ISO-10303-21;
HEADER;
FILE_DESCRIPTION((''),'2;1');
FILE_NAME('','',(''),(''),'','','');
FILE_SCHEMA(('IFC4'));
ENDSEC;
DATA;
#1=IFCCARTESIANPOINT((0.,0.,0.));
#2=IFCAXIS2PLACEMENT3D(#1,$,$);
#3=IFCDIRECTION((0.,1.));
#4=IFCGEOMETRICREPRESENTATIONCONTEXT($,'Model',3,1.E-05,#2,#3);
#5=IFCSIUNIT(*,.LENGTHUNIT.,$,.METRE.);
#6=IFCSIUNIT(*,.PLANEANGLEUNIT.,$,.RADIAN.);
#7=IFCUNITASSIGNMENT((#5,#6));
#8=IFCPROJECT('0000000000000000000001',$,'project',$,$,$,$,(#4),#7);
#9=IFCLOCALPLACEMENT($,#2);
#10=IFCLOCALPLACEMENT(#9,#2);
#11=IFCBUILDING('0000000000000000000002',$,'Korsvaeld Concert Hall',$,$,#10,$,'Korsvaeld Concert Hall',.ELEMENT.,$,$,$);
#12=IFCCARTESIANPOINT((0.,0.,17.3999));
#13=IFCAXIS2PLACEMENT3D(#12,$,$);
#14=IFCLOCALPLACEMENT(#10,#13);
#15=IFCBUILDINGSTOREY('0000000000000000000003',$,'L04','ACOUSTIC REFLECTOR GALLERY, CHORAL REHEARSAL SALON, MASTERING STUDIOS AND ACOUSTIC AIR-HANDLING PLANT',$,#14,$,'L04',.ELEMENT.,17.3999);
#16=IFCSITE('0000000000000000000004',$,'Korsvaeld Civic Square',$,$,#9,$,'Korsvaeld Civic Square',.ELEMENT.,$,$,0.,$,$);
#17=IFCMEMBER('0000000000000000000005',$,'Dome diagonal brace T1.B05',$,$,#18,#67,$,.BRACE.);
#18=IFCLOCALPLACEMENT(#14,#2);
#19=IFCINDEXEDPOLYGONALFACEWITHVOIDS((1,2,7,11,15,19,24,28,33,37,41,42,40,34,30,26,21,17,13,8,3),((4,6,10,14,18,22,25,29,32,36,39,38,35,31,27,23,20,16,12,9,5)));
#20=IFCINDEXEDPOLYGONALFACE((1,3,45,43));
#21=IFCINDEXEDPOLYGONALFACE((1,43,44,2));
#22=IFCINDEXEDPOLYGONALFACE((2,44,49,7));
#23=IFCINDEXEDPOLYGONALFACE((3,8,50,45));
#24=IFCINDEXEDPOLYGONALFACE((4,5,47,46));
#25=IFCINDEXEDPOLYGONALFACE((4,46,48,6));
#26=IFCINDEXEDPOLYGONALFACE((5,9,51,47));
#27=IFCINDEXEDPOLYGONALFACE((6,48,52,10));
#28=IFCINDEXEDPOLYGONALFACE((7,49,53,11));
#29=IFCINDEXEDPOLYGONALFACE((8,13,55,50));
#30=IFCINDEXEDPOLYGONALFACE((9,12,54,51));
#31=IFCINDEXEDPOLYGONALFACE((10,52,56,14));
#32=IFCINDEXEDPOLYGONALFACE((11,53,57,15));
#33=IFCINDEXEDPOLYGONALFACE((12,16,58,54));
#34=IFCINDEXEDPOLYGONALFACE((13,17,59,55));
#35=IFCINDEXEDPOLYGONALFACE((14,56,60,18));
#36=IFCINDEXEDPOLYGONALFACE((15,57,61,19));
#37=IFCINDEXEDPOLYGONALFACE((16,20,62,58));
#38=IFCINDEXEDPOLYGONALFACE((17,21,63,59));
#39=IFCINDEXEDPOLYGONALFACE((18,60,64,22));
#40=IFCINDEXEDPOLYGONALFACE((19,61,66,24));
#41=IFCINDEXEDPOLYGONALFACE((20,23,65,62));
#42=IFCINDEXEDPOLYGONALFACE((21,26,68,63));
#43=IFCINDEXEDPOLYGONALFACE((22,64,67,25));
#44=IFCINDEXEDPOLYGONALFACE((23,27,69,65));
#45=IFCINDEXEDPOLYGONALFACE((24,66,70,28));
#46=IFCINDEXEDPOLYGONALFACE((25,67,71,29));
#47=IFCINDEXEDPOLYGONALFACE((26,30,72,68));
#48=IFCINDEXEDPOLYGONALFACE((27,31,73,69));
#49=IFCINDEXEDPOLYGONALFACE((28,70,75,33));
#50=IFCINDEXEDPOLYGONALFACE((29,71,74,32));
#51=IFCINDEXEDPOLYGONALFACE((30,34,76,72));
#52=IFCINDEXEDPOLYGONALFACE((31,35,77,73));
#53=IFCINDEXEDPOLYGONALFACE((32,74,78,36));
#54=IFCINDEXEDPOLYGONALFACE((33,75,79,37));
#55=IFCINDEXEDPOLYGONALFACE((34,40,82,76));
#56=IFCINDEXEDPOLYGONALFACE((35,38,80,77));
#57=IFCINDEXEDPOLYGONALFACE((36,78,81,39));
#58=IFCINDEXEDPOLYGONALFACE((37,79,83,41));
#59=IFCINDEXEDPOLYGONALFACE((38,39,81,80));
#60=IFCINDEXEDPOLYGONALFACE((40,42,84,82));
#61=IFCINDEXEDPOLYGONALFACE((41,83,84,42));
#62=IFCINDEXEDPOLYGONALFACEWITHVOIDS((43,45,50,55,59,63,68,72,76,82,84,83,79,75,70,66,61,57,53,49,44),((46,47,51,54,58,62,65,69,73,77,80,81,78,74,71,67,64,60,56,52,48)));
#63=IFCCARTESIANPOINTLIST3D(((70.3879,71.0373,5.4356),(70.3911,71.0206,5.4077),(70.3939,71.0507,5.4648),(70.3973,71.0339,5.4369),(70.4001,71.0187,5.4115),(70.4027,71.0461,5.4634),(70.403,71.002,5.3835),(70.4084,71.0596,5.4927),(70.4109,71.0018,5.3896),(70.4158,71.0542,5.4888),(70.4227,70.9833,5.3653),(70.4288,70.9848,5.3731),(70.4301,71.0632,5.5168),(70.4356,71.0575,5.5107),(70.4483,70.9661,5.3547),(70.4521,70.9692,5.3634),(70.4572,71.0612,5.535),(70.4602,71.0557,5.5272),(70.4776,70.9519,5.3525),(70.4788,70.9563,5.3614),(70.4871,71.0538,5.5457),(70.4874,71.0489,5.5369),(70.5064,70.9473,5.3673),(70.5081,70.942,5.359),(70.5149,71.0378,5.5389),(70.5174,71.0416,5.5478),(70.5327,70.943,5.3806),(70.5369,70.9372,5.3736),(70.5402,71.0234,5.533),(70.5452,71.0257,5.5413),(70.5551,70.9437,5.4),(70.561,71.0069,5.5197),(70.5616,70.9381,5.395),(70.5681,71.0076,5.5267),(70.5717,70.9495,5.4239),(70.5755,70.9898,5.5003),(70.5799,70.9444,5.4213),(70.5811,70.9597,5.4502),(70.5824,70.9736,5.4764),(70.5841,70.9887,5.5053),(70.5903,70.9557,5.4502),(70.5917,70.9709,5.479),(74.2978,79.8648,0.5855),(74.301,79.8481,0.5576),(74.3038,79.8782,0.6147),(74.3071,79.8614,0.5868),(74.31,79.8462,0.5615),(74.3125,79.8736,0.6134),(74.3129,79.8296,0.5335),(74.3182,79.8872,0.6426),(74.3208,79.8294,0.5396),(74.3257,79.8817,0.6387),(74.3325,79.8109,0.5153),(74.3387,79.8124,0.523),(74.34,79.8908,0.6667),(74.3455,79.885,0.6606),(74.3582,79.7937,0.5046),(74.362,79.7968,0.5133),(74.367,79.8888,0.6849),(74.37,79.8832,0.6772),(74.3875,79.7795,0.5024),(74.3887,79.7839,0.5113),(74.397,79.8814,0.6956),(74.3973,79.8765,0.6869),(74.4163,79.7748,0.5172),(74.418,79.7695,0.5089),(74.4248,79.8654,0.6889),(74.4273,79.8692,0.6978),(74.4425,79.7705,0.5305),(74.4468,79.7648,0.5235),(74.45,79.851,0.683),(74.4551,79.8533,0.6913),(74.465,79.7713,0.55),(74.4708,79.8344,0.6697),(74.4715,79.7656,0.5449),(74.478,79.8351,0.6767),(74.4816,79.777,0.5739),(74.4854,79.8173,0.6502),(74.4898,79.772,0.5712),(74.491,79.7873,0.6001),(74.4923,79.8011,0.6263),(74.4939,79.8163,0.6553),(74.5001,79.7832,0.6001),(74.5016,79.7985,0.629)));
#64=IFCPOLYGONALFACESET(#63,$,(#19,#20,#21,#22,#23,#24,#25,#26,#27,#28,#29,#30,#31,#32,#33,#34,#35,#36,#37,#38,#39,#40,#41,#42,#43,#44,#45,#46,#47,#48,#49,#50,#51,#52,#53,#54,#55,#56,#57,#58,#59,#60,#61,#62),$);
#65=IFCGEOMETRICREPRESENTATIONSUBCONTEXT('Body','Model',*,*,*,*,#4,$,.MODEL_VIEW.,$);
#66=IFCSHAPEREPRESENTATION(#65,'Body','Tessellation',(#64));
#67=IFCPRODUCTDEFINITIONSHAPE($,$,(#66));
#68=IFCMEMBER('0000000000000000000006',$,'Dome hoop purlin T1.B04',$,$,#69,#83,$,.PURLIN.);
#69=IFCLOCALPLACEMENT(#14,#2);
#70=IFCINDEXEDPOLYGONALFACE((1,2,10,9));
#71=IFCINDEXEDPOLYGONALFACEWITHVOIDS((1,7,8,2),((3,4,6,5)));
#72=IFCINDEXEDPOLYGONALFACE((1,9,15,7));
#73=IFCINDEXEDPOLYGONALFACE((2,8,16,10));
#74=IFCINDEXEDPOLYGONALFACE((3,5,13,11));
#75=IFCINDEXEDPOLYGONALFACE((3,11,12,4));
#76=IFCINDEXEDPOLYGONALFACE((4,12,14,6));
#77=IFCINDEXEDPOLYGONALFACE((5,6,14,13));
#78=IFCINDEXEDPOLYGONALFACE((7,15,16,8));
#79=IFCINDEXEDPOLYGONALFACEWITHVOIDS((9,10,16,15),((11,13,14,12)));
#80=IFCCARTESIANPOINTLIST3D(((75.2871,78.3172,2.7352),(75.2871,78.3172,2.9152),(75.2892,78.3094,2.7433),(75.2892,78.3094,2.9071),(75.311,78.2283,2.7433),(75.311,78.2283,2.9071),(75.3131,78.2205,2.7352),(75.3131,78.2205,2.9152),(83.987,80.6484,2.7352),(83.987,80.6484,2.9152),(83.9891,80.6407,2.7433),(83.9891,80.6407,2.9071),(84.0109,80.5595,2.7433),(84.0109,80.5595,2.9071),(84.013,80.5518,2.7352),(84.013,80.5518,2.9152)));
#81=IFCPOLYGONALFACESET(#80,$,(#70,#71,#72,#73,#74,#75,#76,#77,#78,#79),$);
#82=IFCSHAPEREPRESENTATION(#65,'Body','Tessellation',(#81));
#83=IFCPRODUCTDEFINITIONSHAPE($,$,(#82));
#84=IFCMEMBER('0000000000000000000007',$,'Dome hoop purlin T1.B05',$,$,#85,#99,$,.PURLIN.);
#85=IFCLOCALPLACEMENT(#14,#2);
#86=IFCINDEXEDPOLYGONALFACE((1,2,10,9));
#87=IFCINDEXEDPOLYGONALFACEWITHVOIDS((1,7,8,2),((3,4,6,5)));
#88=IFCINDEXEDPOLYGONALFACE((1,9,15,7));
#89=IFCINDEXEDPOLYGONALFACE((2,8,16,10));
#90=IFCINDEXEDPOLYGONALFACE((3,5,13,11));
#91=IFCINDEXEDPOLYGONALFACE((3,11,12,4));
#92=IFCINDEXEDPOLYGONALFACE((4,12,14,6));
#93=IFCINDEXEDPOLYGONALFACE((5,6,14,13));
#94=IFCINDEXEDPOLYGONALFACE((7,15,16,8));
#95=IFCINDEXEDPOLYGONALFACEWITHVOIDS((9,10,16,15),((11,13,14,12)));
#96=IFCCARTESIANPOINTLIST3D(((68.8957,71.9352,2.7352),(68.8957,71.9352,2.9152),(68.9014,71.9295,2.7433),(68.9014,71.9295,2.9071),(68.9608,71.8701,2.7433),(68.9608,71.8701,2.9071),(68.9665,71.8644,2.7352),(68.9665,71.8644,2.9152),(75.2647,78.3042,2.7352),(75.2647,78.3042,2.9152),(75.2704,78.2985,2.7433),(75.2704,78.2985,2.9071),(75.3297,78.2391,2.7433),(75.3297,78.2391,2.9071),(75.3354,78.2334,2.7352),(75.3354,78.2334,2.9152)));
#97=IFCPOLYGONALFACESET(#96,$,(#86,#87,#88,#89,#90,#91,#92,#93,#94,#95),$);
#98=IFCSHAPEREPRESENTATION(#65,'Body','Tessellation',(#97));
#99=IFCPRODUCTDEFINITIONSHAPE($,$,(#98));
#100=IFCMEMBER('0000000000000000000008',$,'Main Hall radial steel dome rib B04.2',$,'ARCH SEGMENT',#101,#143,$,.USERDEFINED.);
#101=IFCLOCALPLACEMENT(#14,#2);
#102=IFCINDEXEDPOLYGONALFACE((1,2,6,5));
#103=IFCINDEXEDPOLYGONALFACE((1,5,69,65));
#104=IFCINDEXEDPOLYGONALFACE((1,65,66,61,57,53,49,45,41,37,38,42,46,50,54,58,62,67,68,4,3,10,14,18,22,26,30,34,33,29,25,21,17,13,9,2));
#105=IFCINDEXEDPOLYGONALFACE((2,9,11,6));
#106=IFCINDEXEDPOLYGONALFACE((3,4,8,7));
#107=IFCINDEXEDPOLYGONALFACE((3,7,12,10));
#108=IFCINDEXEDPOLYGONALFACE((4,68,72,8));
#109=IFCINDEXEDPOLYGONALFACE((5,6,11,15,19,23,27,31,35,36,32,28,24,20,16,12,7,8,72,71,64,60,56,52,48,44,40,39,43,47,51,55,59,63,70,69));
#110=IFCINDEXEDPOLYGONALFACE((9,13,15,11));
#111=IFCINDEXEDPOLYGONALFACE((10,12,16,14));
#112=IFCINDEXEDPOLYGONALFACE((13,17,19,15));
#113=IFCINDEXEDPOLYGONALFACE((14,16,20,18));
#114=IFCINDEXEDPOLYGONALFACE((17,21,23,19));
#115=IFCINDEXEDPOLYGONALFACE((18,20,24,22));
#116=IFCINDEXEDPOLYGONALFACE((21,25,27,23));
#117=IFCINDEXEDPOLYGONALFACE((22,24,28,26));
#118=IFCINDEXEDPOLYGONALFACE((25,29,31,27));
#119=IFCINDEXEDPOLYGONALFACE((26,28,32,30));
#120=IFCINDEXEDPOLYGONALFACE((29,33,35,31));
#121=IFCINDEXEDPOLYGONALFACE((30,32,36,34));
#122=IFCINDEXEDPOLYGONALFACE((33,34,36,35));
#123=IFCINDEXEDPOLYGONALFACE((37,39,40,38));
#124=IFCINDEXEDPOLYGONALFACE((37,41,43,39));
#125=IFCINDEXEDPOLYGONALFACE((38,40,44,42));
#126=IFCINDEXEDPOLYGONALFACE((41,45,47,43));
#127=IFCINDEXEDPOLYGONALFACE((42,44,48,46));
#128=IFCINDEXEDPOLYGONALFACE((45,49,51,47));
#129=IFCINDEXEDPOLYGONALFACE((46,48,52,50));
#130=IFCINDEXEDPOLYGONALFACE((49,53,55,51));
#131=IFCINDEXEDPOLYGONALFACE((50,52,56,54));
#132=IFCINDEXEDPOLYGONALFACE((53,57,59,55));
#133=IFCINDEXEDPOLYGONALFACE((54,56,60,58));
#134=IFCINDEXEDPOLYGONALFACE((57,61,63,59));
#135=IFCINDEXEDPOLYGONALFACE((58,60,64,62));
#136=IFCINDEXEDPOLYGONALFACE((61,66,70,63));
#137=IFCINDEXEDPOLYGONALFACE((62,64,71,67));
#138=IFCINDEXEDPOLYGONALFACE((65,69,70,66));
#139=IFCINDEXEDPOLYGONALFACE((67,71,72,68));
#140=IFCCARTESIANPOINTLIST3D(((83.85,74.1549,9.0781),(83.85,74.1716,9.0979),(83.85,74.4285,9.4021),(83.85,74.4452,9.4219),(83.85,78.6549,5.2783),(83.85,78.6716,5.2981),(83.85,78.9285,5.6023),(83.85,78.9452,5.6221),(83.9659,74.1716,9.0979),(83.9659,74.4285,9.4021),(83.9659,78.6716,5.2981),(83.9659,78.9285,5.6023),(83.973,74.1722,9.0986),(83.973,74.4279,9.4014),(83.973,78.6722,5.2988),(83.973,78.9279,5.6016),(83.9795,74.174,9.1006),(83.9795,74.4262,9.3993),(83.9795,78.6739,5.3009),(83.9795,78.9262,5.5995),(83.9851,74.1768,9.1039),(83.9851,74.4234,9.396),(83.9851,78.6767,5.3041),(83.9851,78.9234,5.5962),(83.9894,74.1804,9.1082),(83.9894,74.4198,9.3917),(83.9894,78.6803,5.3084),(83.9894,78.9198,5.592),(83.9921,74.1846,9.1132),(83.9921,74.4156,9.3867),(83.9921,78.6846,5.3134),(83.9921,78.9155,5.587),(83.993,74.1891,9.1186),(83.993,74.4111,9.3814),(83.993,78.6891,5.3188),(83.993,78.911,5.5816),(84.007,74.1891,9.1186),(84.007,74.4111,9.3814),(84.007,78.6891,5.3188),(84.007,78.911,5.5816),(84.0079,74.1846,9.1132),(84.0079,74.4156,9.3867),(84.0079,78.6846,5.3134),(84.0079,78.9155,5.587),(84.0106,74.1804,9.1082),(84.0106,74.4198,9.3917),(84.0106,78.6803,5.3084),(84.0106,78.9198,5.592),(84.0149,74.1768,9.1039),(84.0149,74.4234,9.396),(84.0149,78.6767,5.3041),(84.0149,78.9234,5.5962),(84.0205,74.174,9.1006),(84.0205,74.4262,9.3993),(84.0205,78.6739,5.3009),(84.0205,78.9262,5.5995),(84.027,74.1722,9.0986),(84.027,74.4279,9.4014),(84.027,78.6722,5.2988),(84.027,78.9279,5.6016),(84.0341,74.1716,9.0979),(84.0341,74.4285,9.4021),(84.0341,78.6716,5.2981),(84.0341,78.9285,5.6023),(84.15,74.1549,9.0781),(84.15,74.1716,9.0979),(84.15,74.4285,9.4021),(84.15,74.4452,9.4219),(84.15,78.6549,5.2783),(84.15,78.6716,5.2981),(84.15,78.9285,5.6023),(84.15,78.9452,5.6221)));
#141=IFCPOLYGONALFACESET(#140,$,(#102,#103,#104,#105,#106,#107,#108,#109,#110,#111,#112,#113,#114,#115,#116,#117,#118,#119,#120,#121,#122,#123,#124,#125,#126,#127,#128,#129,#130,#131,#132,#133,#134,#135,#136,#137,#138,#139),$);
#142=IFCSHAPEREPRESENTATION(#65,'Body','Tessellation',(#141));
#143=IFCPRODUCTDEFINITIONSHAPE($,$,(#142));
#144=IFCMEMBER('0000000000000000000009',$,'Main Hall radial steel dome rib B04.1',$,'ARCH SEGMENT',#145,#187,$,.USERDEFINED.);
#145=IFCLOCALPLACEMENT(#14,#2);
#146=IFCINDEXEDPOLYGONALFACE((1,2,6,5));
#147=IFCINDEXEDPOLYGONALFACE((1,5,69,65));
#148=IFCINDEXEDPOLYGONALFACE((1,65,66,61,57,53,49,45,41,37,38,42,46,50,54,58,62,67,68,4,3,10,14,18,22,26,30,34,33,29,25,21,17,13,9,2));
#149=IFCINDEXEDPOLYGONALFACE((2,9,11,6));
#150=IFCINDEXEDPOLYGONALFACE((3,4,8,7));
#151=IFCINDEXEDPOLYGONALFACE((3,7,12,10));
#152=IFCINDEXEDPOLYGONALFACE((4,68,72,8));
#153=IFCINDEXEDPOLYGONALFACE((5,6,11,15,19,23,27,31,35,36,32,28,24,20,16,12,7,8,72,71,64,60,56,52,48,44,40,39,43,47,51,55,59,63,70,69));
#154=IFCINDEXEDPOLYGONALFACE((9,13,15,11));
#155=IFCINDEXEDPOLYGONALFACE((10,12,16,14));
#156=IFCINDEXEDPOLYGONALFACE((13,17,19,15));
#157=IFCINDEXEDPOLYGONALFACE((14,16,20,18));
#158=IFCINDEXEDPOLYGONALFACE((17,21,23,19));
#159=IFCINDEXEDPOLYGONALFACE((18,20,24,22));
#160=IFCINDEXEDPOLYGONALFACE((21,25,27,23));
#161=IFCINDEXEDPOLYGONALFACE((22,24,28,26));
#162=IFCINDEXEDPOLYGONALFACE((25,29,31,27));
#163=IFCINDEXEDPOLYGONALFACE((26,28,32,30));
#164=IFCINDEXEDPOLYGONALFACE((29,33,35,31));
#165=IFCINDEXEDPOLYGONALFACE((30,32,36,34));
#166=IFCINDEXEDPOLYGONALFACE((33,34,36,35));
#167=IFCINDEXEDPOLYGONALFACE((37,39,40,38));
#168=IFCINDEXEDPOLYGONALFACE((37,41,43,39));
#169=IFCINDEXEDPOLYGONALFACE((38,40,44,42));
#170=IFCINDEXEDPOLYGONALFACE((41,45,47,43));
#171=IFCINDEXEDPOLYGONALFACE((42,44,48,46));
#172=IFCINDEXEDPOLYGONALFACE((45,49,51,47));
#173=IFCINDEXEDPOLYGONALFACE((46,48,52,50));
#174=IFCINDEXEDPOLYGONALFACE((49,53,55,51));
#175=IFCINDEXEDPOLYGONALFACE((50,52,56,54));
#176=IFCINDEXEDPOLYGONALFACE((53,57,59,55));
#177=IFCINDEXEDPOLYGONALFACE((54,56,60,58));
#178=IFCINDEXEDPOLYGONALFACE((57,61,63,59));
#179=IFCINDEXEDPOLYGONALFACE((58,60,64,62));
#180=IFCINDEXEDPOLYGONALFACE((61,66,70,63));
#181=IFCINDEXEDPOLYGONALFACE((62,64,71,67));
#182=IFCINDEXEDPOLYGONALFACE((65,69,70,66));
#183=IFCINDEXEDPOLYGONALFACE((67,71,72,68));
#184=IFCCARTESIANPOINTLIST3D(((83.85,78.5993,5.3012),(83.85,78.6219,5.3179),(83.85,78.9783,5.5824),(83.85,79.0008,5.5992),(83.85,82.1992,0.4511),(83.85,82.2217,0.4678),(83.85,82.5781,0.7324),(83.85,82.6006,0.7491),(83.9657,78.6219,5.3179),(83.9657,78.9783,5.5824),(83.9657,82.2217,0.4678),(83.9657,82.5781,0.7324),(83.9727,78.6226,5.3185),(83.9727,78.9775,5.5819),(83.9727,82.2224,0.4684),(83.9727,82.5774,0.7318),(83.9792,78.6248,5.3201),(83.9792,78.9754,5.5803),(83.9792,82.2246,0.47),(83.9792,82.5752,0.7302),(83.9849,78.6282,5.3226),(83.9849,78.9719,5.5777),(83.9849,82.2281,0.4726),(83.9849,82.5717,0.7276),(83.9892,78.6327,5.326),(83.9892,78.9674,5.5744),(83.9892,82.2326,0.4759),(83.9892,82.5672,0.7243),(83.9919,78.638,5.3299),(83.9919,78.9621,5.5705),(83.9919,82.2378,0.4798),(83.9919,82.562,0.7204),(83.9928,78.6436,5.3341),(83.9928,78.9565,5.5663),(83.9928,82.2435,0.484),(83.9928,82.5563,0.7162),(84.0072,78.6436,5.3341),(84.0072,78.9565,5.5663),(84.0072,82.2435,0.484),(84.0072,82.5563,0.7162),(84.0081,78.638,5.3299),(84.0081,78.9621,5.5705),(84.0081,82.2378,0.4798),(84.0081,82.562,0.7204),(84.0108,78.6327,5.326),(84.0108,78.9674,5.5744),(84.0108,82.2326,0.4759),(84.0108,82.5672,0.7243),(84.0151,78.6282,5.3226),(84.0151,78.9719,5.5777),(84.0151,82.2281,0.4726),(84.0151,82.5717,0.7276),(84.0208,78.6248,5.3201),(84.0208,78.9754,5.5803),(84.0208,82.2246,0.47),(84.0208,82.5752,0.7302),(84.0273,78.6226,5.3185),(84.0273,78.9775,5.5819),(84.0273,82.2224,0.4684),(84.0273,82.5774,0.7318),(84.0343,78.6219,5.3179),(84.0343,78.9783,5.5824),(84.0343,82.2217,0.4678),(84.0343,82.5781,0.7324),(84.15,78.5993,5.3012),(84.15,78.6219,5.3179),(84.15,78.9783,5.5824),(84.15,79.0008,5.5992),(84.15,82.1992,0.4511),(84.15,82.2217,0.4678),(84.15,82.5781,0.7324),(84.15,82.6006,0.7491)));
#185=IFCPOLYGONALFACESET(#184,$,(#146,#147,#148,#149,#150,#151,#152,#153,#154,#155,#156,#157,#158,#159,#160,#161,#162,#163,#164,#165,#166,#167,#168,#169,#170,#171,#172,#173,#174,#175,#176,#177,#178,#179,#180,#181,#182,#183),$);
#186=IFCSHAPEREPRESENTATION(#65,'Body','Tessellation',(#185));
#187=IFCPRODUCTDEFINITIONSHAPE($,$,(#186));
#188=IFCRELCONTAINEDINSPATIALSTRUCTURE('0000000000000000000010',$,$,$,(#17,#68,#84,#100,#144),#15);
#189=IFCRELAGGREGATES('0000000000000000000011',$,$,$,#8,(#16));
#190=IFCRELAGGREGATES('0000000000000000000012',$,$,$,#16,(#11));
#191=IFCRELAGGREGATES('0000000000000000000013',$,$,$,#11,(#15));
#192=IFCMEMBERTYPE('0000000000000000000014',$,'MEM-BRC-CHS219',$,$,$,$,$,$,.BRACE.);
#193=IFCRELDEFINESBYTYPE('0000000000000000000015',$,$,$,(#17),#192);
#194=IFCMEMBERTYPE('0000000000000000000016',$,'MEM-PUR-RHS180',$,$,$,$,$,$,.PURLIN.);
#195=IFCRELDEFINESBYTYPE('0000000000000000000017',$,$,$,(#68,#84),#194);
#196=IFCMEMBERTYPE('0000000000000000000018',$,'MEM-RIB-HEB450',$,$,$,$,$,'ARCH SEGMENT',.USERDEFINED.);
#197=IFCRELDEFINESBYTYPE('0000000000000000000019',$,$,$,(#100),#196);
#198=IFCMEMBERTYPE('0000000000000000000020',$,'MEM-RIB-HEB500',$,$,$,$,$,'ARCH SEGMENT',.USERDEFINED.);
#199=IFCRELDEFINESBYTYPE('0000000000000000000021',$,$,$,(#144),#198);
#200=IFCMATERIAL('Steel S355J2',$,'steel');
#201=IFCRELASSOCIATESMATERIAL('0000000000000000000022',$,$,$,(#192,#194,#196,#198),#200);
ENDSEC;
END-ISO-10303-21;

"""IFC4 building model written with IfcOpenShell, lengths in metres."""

from ifc_helpers import new_model, si_unit, direction, frame, origin, origin_2d, place, context, subcontext, project, spatial, hollow_rectangle, hollow_circle, i_section, extrude, material, material_profile, profile_set, type_object, element, save


model = new_model("IFC4")

# Units and contexts
model_context = context("Model", 3, precision=1e-05, world=origin(), true_north=direction((0.0, 1.0)))
body_context = subcontext(model_context, "Body", "Model", "MODEL_VIEW")
ifc_project = project(units=[si_unit("LENGTHUNIT", "METRE"), si_unit("PLANEANGLEUNIT", "RADIAN")], contexts=[model_context])

# Site, building, storey
site_placement = place(None, origin())
site = spatial("IfcSite", under=ifc_project, at=site_placement, Name="Korsvaeld Civic Square", LongName="Korsvaeld Civic Square", CompositionType="ELEMENT", RefElevation=0.0)
building_placement = place(site_placement, origin())
building = spatial("IfcBuilding", under=site, at=building_placement, Name="Korsvaeld Concert Hall", LongName="Korsvaeld Concert Hall", CompositionType="ELEMENT")
storey_placement = place(building_placement, frame((0.0, 0.0, 17.3999)))
storey = spatial("IfcBuildingStorey", under=building, at=storey_placement, Name="L04", Description="ACOUSTIC REFLECTOR GALLERY, CHORAL REHEARSAL SALON, MASTERING STUDIOS AND ACOUSTIC AIR-HANDLING PLANT", LongName="L04", CompositionType="ELEMENT", Elevation=17.3999)

# Shared definitions
ifc_material_1 = material(Name="Steel S355J2", Category="steel")

# Members
ifc_material_profile_1 = material_profile(ifc_material_1, hollow_circle(Radius=0.1096, WallThickness=0.01, at=origin_2d()), Name="CHS 219.1x10")
ifc_profile_set_1 = profile_set([ifc_material_profile_1], Name="Steel S355J2")
member_type_1 = type_object("IfcMemberType", Name="MEM-BRC-CHS219", PredefinedType="BRACE", material=ifc_profile_set_1)
member_1_placement = place(storey_placement, frame((74.3999, 79.8276, 0.6001), z_axis=(-0.361877, -0.817031, 0.448895), x_axis=(0.914329, -0.404972, 0.0)))
element("IfcMember", 1, at=member_1_placement, inside=storey, type_object=member_type_1, Name="Dome diagonal brace T1.B05", PredefinedType="BRACE", context=body_context, shape_type="SweptSolid", body=[
    extrude(hollow_circle(Radius=0.1096, WallThickness=0.01, at=origin_2d()), origin(), (0.0, 0.0, 1.0), 10.8044),
])
ifc_material_profile_2 = material_profile(ifc_material_1, hollow_rectangle(XDim=0.1001, YDim=0.1799, WallThickness=0.0081, at=origin_2d()), Name="RHS 180x100x8")
ifc_profile_set_2 = profile_set([ifc_material_profile_2], Name="Steel S355J2")
member_type_2 = type_object("IfcMemberType", Name="MEM-PUR-RHS180", PredefinedType="PURLIN", material=ifc_profile_set_2)
member_2_placement = place(storey_placement, frame((84.0, 80.6001, 2.8252), z_axis=(-0.965922, -0.258835, 0.0), x_axis=(0.258835, -0.965922, 0.0)))
element("IfcMember", 2, at=member_2_placement, inside=storey, type_object=member_type_2, Name="Dome hoop purlin T1.B04", PredefinedType="PURLIN", context=body_context, shape_type="SweptSolid", body=[
    extrude(hollow_rectangle(XDim=0.1001, YDim=0.1799, WallThickness=0.0081, at=origin_2d()), origin(), (0.0, 0.0, 1.0), 9.0068),
])
member_3_placement = place(storey_placement, frame((75.3, 78.2688, 2.8252), z_axis=(-0.707107, -0.707107, 0.0), x_axis=(0.707107, -0.707107, 0.0)))
element("IfcMember", 3, at=member_3_placement, inside=storey, type_object=member_type_2, Name="Dome hoop purlin T1.B05", PredefinedType="PURLIN", context=body_context, shape_type="SweptSolid", body=[
    extrude(hollow_rectangle(XDim=0.1001, YDim=0.1799, WallThickness=0.0081, at=origin_2d()), origin(), (0.0, 0.0, 1.0), 9.0071),
])
ifc_material_profile_3 = material_profile(ifc_material_1, i_section(OverallWidth=0.3, OverallDepth=0.45, WebThickness=0.0139, FlangeThickness=0.0259, FilletRadius=0.0271, at=origin_2d()), Name="HEB 450")
ifc_profile_set_3 = profile_set([ifc_material_profile_3], Name="Steel S355J2")
member_type_3 = type_object("IfcMemberType", Name="MEM-RIB-HEB450", ElementType="ARCH SEGMENT", PredefinedType="USERDEFINED", material=ifc_profile_set_3)
member_4_placement = place(storey_placement, frame((84.0, 78.8, 5.4502), z_axis=(0.0, -0.764046, 0.645161), x_axis=(1.0, 0.0, 0.0)))
element("IfcMember", 4, at=member_4_placement, inside=storey, type_object=member_type_3, Name="Main Hall radial steel dome rib B04.2", ObjectType="ARCH SEGMENT", PredefinedType="USERDEFINED", context=body_context, shape_type="SweptSolid", body=[
    extrude(i_section(OverallWidth=0.3, OverallDepth=0.45, WebThickness=0.0139, FlangeThickness=0.0259, FilletRadius=0.0271, at=origin_2d()), origin(), (0.0, 0.0, 1.0), 5.8896),
])
ifc_material_profile_4 = material_profile(ifc_material_1, i_section(OverallWidth=0.3, OverallDepth=0.5, WebThickness=0.0144, FlangeThickness=0.0281, FilletRadius=0.0271, at=origin_2d()), Name="HEB 500")
ifc_profile_set_4 = profile_set([ifc_material_profile_4], Name="Steel S355J2")
member_type_4 = type_object("IfcMemberType", Name="MEM-RIB-HEB500", ElementType="ARCH SEGMENT", PredefinedType="USERDEFINED", material=ifc_profile_set_4)
for number, where, z_axis, x_axis, name in (
    (5, (84.0, 82.3999, 0.6001), (0.0, -0.595996, 0.802988), (1.0, 0.0, 0.0), "Main Hall radial steel dome rib B04.1"),
):
    element("IfcMember", number, at=place(storey_placement, frame(where, z_axis=z_axis, x_axis=x_axis)), inside=storey, type_object=member_type_4, Name=name, ObjectType="ARCH SEGMENT", PredefinedType="USERDEFINED", context=body_context, shape_type="SweptSolid", body=[
        extrude(i_section(OverallWidth=0.3, OverallDepth=0.5, WebThickness=0.0144, FlangeThickness=0.0281, FilletRadius=0.0271, at=origin_2d()), origin(), (0.0, 0.0, 1.0), 6.04),
    ])

save(model, "model.ifc")
